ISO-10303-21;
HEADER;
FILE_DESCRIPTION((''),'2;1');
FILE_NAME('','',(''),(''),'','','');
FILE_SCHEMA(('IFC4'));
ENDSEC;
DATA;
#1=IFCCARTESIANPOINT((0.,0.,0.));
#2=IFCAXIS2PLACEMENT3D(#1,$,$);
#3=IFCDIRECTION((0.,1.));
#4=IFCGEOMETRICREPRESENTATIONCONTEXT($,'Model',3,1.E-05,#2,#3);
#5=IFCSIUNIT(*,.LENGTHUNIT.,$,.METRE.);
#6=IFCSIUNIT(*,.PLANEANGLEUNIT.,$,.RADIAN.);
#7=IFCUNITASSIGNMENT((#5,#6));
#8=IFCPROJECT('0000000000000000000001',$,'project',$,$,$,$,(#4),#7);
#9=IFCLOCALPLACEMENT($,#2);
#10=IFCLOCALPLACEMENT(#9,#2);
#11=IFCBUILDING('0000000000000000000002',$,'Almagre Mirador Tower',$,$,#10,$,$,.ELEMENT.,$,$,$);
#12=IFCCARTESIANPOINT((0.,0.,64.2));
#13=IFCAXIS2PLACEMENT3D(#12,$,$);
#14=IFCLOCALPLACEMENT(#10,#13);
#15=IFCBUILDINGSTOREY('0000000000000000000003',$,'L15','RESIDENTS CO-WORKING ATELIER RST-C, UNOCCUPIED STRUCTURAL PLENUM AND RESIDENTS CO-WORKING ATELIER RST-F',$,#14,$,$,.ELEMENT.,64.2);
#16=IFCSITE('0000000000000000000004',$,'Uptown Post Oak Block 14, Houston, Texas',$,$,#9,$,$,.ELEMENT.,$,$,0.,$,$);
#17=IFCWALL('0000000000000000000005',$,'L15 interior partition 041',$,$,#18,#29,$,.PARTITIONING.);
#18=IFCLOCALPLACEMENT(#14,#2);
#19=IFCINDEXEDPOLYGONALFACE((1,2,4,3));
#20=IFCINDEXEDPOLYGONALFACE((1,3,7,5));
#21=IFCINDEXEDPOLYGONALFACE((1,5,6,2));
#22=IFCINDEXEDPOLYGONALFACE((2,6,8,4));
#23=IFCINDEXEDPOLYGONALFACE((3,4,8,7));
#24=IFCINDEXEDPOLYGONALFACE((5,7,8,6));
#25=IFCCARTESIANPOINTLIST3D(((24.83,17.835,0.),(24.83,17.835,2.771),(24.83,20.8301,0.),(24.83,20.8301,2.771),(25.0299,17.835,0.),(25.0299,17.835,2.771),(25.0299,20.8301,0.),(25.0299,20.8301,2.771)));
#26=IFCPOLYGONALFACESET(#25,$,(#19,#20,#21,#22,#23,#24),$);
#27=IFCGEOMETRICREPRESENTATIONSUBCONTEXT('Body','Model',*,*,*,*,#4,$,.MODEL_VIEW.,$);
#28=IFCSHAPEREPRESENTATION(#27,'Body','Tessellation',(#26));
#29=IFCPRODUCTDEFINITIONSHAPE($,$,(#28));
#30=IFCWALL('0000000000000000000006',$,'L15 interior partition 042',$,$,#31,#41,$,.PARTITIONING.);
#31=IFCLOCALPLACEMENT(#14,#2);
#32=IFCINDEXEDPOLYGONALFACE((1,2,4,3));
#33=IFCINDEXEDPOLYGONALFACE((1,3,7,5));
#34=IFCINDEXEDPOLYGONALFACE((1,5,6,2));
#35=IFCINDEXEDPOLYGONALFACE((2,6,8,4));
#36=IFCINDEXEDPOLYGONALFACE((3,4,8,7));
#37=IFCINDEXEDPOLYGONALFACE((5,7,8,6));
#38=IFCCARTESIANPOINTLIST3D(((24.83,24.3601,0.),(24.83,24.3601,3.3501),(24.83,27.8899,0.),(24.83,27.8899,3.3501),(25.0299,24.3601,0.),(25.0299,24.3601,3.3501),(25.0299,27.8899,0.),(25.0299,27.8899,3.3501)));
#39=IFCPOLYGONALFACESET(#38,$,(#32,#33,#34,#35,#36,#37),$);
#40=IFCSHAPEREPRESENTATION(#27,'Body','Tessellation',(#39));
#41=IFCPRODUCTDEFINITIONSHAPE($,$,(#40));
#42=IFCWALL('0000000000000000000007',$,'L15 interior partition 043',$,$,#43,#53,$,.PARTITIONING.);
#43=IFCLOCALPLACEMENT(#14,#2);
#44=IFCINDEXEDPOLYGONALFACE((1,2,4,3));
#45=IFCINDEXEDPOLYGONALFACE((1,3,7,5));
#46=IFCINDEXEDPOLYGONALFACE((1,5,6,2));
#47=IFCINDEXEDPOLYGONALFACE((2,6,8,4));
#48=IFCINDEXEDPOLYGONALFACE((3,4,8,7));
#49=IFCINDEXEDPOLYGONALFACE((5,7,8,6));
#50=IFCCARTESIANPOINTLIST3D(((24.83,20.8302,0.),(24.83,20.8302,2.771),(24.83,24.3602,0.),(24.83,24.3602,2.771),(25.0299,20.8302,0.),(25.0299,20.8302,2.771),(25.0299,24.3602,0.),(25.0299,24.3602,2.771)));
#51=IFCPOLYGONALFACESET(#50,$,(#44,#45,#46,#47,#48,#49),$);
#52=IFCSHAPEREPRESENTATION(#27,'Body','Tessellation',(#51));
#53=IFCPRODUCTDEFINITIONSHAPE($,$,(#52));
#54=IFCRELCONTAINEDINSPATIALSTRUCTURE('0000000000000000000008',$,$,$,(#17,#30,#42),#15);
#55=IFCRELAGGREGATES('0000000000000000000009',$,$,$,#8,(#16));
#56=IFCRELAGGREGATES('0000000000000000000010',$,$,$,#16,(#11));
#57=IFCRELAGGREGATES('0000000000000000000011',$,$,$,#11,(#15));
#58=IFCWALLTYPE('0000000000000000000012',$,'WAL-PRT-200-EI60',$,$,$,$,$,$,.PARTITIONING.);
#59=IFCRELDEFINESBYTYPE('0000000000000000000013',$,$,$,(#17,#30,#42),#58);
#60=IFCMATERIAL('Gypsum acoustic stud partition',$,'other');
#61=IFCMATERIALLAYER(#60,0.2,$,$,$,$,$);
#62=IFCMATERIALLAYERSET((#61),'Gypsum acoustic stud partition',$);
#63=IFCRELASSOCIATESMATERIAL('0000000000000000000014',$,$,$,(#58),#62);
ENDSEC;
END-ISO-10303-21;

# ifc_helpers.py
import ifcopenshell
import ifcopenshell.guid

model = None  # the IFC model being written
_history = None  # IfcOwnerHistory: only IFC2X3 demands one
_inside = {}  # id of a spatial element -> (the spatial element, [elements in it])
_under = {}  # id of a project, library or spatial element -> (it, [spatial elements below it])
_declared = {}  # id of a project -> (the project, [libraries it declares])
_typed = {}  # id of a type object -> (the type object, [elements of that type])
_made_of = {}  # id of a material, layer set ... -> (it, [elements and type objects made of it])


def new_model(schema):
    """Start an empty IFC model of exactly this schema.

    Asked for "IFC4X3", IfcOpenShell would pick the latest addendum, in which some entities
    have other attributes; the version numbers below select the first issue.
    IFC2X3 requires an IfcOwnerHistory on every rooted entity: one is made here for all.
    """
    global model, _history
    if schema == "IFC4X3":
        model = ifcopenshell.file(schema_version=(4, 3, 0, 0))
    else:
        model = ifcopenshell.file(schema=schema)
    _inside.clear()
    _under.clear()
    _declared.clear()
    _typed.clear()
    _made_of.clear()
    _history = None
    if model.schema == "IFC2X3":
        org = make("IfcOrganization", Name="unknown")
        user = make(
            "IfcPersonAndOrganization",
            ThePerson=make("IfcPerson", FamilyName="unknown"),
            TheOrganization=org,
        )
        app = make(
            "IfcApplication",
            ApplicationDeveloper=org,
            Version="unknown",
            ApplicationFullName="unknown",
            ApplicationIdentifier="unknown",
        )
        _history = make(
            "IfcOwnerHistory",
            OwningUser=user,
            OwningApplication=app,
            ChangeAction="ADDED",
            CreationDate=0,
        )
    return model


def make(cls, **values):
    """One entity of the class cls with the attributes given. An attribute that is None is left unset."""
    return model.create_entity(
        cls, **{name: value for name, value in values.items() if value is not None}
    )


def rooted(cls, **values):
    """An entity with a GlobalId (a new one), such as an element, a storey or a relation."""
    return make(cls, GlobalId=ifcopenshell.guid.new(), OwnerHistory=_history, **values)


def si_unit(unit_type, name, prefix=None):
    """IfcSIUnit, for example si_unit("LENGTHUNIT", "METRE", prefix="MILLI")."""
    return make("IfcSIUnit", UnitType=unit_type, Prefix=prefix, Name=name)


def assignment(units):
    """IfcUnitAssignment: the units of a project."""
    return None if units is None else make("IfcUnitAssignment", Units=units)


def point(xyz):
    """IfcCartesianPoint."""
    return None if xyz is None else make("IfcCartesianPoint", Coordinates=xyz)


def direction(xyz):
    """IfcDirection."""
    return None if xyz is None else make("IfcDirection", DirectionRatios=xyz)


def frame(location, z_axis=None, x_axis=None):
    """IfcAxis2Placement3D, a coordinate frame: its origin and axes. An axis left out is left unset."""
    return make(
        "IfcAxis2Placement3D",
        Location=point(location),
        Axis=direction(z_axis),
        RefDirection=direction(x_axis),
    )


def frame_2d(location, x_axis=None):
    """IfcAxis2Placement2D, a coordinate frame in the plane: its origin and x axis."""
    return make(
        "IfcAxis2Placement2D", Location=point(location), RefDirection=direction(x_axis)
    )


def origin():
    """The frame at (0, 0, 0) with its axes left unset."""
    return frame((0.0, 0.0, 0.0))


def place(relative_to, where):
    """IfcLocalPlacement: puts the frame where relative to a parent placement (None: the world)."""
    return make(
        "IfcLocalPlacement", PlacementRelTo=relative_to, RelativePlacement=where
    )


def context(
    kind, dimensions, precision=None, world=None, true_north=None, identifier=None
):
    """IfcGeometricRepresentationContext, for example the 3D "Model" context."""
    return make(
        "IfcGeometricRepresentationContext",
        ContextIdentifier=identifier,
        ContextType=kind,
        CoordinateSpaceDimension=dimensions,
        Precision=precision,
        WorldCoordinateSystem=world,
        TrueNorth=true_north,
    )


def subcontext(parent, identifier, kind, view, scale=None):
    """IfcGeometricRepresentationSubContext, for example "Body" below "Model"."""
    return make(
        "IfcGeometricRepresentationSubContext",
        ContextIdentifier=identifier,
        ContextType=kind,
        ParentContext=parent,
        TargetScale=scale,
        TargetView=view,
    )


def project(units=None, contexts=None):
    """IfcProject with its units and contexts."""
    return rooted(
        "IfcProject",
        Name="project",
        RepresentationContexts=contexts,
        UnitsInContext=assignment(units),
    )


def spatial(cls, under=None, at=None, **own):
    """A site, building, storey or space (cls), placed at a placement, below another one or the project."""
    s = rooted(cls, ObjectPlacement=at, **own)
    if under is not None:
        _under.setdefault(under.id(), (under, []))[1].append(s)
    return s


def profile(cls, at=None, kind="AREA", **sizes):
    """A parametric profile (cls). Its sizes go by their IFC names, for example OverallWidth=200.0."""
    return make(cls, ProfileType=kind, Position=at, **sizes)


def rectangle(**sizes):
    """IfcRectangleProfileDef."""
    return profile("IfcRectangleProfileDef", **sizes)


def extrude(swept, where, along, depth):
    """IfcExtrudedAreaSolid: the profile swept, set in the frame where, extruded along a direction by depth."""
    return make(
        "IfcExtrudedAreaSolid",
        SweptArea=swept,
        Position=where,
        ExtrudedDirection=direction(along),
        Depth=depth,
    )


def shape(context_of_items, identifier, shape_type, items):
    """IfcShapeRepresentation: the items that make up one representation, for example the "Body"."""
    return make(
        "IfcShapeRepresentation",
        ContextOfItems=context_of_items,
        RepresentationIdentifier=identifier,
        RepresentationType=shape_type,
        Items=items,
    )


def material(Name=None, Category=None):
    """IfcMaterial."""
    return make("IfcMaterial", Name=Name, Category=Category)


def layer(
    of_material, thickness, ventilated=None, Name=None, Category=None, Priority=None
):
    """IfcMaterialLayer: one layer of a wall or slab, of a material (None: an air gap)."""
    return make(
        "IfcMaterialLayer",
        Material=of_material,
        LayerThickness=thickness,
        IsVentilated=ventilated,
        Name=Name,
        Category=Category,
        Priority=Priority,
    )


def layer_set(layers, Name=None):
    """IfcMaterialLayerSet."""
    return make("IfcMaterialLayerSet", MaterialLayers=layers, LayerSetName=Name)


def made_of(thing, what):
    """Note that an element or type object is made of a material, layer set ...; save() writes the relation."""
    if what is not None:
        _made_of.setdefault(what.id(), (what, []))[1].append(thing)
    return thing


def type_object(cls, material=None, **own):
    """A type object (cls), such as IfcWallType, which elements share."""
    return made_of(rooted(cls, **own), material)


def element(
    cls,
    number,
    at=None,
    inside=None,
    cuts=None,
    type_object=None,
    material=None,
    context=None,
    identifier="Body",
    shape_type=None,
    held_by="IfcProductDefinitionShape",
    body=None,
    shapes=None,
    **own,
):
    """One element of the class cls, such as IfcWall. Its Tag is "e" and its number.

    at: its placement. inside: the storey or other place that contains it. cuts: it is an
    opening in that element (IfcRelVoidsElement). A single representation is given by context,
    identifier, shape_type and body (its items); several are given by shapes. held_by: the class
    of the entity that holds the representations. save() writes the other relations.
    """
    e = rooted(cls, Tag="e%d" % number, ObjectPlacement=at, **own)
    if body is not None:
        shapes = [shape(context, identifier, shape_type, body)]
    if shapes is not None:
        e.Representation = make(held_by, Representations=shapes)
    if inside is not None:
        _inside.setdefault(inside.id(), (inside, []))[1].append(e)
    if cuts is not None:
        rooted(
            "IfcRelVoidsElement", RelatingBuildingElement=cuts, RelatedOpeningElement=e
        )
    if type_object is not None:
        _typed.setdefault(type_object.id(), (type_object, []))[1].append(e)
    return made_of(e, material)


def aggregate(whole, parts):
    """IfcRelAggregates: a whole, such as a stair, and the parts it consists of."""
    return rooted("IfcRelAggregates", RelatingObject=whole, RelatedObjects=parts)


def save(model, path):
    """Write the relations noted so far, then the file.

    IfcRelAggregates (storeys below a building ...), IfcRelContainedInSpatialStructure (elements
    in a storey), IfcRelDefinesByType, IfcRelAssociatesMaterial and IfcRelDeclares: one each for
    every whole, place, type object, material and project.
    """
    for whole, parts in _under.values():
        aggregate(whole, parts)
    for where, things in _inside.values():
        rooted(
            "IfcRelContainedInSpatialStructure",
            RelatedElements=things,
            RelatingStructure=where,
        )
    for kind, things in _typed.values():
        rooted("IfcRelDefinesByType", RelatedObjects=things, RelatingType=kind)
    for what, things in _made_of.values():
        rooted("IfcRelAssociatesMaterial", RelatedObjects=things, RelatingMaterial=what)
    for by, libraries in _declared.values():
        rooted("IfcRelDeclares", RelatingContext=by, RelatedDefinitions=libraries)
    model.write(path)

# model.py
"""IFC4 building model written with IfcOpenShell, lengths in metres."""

from ifc_helpers import new_model, si_unit, direction, frame, frame_2d, origin, place, context, subcontext, project, spatial, rectangle, extrude, material, layer, layer_set, type_object, element, save


model = new_model("IFC4")

# Units and contexts
model_context = context("Model", 3, precision=1e-05, world=origin(), true_north=direction((0.0, 1.0)))
body_context = subcontext(model_context, "Body", "Model", "MODEL_VIEW")
ifc_project = project(units=[si_unit("LENGTHUNIT", "METRE"), si_unit("PLANEANGLEUNIT", "RADIAN")], contexts=[model_context])

# Site, building, storey
site_placement = place(None, origin())
site = spatial("IfcSite", under=ifc_project, at=site_placement, Name="Uptown Post Oak Block 14, Houston, Texas", CompositionType="ELEMENT", RefElevation=0.0)
building_placement = place(site_placement, origin())
building = spatial("IfcBuilding", under=site, at=building_placement, Name="Almagre Mirador Tower", CompositionType="ELEMENT")
storey_placement = place(building_placement, frame((0.0, 0.0, 64.2)))
storey = spatial("IfcBuildingStorey", under=building, at=storey_placement, Name="L15", Description="RESIDENTS CO-WORKING ATELIER RST-C, UNOCCUPIED STRUCTURAL PLENUM AND RESIDENTS CO-WORKING ATELIER RST-F", CompositionType="ELEMENT", Elevation=64.2)

# Shared definitions
ifc_material_1 = material(Name="Gypsum acoustic stud partition", Category="other")
ifc_layer_1 = layer(ifc_material_1, 0.2)
ifc_layer_set_1 = layer_set([ifc_layer_1], Name="Gypsum acoustic stud partition")
wall_type_1 = type_object("IfcWallType", Name="WAL-PRT-200-EI60", PredefinedType="PARTITIONING", material=ifc_layer_set_1)

# Walls
wall_1_placement = place(storey_placement, frame((24.9299, 17.835, 0.0), z_axis=(0.0, 0.0, 1.0), x_axis=(0.0, 1.0, 0.0)))
element("IfcWall", 1, at=wall_1_placement, inside=storey, type_object=wall_type_1, Name="L15 interior partition 041", PredefinedType="PARTITIONING", context=body_context, shape_type="SweptSolid", body=[
    extrude(rectangle(XDim=2.9951, YDim=0.2, at=frame_2d((1.4976, 0.0))), origin(), (0.0, 0.0, 1.0), 2.771),
])
wall_2_placement = place(storey_placement, frame((24.9299, 24.3601, 0.0), z_axis=(0.0, 0.0, 1.0), x_axis=(0.0, 1.0, 0.0)))
element("IfcWall", 2, at=wall_2_placement, inside=storey, type_object=wall_type_1, Name="L15 interior partition 042", PredefinedType="PARTITIONING", context=body_context, shape_type="SweptSolid", body=[
    extrude(rectangle(XDim=3.5298, YDim=0.2, at=frame_2d((1.7649, 0.0))), origin(), (0.0, 0.0, 1.0), 3.3501),
])
wall_3_placement = place(storey_placement, frame((24.9299, 20.8301, 0.0), z_axis=(0.0, 0.0, 1.0), x_axis=(0.0, 1.0, 0.0)))
element("IfcWall", 3, at=wall_3_placement, inside=storey, type_object=wall_type_1, Name="L15 interior partition 043", PredefinedType="PARTITIONING", context=body_context, shape_type="SweptSolid", body=[
    extrude(rectangle(XDim=3.53, YDim=0.2, at=frame_2d((1.7651, 0.0))), origin(), (0.0, 0.0, 1.0), 2.771),
])

save(model, "model.ifc")
